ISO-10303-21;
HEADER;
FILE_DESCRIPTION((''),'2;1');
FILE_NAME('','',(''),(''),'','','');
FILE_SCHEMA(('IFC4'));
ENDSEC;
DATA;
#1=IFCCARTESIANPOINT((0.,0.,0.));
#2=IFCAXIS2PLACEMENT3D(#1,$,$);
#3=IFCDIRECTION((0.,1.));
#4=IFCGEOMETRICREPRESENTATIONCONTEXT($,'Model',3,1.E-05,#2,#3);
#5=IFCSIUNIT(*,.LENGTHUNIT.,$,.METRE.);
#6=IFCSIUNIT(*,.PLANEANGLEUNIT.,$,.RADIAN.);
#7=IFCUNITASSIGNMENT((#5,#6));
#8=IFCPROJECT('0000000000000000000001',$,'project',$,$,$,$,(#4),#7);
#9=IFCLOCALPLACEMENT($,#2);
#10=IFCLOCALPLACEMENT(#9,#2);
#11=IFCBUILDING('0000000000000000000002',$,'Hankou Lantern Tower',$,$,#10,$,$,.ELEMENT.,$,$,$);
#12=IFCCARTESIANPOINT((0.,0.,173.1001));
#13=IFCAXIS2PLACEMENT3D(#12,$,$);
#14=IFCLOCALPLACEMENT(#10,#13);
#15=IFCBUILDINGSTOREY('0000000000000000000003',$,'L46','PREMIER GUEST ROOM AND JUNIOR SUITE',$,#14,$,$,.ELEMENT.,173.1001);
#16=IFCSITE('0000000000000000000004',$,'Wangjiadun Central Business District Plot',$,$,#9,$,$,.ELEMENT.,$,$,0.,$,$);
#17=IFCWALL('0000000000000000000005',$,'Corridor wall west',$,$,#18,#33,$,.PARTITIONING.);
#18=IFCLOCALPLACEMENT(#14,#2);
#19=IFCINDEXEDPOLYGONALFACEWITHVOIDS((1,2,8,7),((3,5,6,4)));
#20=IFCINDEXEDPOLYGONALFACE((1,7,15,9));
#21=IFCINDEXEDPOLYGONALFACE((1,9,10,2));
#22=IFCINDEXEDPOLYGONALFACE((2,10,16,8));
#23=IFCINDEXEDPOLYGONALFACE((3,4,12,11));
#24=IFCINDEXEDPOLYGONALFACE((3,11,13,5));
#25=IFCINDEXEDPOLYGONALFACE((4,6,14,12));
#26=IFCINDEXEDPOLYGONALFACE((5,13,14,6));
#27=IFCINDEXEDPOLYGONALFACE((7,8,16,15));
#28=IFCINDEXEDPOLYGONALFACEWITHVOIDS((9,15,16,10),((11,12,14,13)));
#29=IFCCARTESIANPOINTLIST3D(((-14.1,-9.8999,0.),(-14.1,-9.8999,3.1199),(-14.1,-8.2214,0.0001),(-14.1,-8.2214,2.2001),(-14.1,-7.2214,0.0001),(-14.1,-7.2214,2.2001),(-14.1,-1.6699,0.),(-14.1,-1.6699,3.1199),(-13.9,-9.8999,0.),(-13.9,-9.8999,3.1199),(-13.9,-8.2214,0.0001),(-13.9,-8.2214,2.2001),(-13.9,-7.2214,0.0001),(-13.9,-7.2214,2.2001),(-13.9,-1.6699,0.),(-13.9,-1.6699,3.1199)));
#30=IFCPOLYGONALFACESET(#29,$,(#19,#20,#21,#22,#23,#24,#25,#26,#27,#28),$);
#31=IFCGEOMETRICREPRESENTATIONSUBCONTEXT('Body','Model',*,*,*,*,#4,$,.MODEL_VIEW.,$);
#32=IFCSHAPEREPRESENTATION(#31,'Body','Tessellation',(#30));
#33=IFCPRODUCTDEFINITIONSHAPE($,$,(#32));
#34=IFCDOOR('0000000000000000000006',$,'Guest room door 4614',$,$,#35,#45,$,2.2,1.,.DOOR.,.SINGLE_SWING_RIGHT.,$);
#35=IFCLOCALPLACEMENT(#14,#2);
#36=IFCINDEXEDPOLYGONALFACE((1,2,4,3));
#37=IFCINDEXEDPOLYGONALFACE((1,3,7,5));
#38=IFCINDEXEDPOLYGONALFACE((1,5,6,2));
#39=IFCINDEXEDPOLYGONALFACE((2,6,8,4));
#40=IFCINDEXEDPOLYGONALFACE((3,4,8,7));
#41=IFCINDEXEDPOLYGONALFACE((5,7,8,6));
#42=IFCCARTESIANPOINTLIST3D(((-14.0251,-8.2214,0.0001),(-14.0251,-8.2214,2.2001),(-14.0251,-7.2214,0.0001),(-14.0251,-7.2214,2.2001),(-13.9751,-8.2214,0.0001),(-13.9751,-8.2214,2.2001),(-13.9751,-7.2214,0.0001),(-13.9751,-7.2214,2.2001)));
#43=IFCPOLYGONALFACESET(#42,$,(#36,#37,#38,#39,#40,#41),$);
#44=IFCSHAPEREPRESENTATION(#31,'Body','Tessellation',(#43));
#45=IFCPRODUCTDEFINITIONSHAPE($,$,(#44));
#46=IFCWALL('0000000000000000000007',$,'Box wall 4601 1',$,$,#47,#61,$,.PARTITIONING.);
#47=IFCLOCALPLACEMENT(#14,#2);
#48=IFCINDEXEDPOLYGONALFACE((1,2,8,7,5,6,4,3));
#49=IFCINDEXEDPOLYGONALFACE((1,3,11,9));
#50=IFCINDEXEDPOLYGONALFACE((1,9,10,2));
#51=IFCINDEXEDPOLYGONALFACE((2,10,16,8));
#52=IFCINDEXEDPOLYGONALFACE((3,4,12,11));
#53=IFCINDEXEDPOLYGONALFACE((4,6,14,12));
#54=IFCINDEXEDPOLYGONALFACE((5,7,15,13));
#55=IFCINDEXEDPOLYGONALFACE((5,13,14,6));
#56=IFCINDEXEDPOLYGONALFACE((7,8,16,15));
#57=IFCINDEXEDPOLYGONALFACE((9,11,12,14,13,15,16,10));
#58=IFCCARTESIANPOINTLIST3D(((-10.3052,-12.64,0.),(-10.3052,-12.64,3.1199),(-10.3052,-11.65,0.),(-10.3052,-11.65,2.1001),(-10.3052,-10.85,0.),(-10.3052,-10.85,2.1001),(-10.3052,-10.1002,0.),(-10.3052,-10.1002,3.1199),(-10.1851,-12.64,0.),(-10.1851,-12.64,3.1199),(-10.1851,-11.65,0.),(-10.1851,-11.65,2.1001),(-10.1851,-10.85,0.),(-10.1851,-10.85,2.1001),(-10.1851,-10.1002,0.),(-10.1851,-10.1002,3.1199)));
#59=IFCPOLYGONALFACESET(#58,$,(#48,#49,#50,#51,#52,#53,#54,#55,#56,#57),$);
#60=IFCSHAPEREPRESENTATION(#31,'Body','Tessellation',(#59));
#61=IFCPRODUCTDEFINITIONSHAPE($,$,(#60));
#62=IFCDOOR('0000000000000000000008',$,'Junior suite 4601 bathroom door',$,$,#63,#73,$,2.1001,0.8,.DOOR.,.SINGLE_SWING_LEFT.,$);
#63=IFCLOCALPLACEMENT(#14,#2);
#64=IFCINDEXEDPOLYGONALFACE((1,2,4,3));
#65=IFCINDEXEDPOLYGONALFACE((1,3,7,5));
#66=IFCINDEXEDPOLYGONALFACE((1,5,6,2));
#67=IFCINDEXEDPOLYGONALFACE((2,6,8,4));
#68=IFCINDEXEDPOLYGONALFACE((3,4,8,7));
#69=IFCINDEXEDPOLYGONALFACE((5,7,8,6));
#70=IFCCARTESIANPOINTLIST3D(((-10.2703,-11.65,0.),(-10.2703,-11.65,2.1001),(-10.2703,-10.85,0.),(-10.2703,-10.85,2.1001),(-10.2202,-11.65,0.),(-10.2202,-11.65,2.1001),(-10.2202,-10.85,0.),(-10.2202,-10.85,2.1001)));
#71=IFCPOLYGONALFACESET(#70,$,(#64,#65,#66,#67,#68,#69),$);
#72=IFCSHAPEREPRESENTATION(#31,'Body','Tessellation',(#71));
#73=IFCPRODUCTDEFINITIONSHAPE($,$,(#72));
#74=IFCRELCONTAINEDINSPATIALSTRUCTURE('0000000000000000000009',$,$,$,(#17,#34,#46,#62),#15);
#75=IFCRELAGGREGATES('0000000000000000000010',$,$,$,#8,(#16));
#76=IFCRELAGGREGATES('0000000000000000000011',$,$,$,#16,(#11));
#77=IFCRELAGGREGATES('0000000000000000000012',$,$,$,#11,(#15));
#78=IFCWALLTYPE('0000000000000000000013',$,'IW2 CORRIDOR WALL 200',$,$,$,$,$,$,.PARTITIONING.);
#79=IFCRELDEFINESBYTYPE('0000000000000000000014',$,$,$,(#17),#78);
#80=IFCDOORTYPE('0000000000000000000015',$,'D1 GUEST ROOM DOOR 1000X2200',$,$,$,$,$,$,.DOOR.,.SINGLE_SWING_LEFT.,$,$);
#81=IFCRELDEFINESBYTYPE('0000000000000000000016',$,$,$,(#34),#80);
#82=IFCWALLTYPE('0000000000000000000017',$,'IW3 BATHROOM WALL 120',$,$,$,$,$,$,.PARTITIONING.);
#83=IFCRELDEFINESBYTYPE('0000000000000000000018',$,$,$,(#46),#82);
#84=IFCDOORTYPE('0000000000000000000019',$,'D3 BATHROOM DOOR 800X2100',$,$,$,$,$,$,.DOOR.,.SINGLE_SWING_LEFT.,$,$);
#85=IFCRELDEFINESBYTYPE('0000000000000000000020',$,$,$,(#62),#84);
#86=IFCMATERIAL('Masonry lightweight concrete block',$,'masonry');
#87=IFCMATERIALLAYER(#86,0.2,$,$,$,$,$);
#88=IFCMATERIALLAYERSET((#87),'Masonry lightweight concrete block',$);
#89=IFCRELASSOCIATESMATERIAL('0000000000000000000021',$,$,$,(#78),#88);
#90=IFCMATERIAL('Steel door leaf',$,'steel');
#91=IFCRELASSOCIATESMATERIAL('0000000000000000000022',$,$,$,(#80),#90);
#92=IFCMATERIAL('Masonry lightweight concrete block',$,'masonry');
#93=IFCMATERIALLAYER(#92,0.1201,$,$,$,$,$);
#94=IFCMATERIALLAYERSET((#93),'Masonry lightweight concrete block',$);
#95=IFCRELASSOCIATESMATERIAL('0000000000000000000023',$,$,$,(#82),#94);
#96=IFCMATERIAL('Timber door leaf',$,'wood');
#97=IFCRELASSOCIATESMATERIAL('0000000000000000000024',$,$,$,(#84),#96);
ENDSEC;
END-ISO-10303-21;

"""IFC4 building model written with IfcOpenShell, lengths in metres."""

from ifc_helpers import new_model, si_unit, direction, frame, frame_2d, origin, place, context, subcontext, project, spatial, rectangle, extrude, material, layer, layer_set, type_object, element, fill, save


model = new_model("IFC4")

# Units and contexts
model_context = context("Model", 3, precision=1e-05, world=origin(), true_north=direction((0.0, 1.0)))
body_context = subcontext(model_context, "Body", "Model", "MODEL_VIEW")
ifc_project = project(units=[si_unit("LENGTHUNIT", "METRE"), si_unit("PLANEANGLEUNIT", "RADIAN")], contexts=[model_context])

# Site, building, storey
site_placement = place(None, origin())
site = spatial("IfcSite", under=ifc_project, at=site_placement, Name="Wangjiadun Central Business District Plot", CompositionType="ELEMENT", RefElevation=0.0)
building_placement = place(site_placement, origin())
building = spatial("IfcBuilding", under=site, at=building_placement, Name="Hankou Lantern Tower", CompositionType="ELEMENT")
storey_placement = place(building_placement, frame((0.0, 0.0, 173.1001)))
storey = spatial("IfcBuildingStorey", under=building, at=storey_placement, Name="L46", Description="PREMIER GUEST ROOM AND JUNIOR SUITE", CompositionType="ELEMENT", Elevation=173.1001)

# Shared definitions
ifc_material_1 = material(Name="Masonry lightweight concrete block", Category="masonry")
ifc_layer_1 = layer(ifc_material_1, 0.2)
ifc_layer_set_1 = layer_set([ifc_layer_1], Name="Masonry lightweight concrete block")
wall_type_1 = type_object("IfcWallType", Name="IW2 CORRIDOR WALL 200", PredefinedType="PARTITIONING", material=ifc_layer_set_1)

# Walls, openings, doors
wall_1_placement = place(storey_placement, frame((-14.0, -1.6699, 0.0), z_axis=(0.0, 0.0, 1.0), x_axis=(0.0, -1.0, 0.0)))
wall_1 = element("IfcWall", 1, at=wall_1_placement, inside=storey, type_object=wall_type_1, Name="Corridor wall west", PredefinedType="PARTITIONING", context=body_context, shape_type="SweptSolid", body=[
    extrude(rectangle(XDim=8.23, YDim=0.2, at=frame_2d((4.115, 0.0))), origin(), (0.0, 0.0, 1.0), 3.1199),
])
opening_1_placement = place(wall_1_placement, frame((5.5515, 0.0, 0.0)))
opening_1 = element("IfcOpeningElement", 2, at=opening_1_placement, cuts=wall_1, PredefinedType="OPENING", context=body_context, shape_type="SweptSolid", body=[
    extrude(rectangle(XDim=1.0, YDim=2.2, at=frame_2d((0.5, 1.1001))), frame((0.0, 0.1099, 0.0), z_axis=(0.0, -1.0, 0.0), x_axis=(1.0, 0.0, 0.0)), (0.0, 0.0, 1.0), 0.22),
])
ifc_material_2 = material(Name="Steel door leaf", Category="steel")
door_type_1 = type_object("IfcDoorType", Name="D1 GUEST ROOM DOOR 1000X2200", OperationType="SINGLE_SWING_LEFT", PredefinedType="DOOR", material=ifc_material_2)
door_1_placement = place(opening_1_placement, origin())
door_1 = element("IfcDoor", 3, at=door_1_placement, inside=storey, type_object=door_type_1, Name="Guest room door 4614", OperationType="SINGLE_SWING_RIGHT", OverallHeight=2.2, OverallWidth=1.0, PredefinedType="DOOR", context=body_context, shape_type="SweptSolid", body=[
    extrude(rectangle(XDim=1.0, YDim=2.2, at=frame_2d((0.5, 1.1001))), frame((0.0, 0.0249, 0.0), z_axis=(0.0, -1.0, 0.0), x_axis=(1.0, 0.0, 0.0)), (0.0, 0.0, 1.0), 0.05),
])
fill(opening_1, door_1)
ifc_material_3 = material(Name="Masonry lightweight concrete block", Category="masonry")
ifc_layer_2 = layer(ifc_material_3, 0.1201)
ifc_layer_set_2 = layer_set([ifc_layer_2], Name="Masonry lightweight concrete block")
wall_type_2 = type_object("IfcWallType", Name="IW3 BATHROOM WALL 120", PredefinedType="PARTITIONING", material=ifc_layer_set_2)
wall_2_placement = place(storey_placement, frame((-10.2451, -10.1001, 0.0), z_axis=(0.0, 0.0, 1.0), x_axis=(0.0, -1.0, 0.0)))
wall_2 = element("IfcWall", 4, at=wall_2_placement, inside=storey, type_object=wall_type_2, Name="Box wall 4601 1", PredefinedType="PARTITIONING", context=body_context, shape_type="SweptSolid", body=[
    extrude(rectangle(XDim=2.5398, YDim=0.1201, at=frame_2d((1.27, 0.0))), origin(), (0.0, 0.0, 1.0), 3.1199),
])
opening_2_placement = place(wall_2_placement, frame((0.75, 0.0, 0.0)))
opening_2 = element("IfcOpeningElement", 5, at=opening_2_placement, cuts=wall_2, PredefinedType="OPENING", context=body_context, shape_type="SweptSolid", body=[
    extrude(rectangle(XDim=0.8, YDim=2.1001, at=frame_2d((0.3999, 1.05))), frame((0.0, 0.0701, 0.0), z_axis=(0.0, -1.0, 0.0), x_axis=(1.0, 0.0, 0.0)), (0.0, 0.0, 1.0), 0.1401),
])
ifc_material_4 = material(Name="Timber door leaf", Category="wood")
door_type_2 = type_object("IfcDoorType", Name="D3 BATHROOM DOOR 800X2100", OperationType="SINGLE_SWING_LEFT", PredefinedType="DOOR", material=ifc_material_4)
door_2_placement = place(opening_2_placement, origin())
door_2 = element("IfcDoor", 6, at=door_2_placement, inside=storey, type_object=door_type_2, Name="Junior suite 4601 bathroom door", OperationType="SINGLE_SWING_LEFT", OverallHeight=2.1001, OverallWidth=0.8, PredefinedType="DOOR", context=body_context, shape_type="SweptSolid", body=[
    extrude(rectangle(XDim=0.8, YDim=2.1001, at=frame_2d((0.3999, 1.05))), frame((0.0, 0.0249, 0.0), z_axis=(0.0, -1.0, 0.0), x_axis=(1.0, 0.0, 0.0)), (0.0, 0.0, 1.0), 0.05),
])
fill(opening_2, door_2)

save(model, "model.ifc")
